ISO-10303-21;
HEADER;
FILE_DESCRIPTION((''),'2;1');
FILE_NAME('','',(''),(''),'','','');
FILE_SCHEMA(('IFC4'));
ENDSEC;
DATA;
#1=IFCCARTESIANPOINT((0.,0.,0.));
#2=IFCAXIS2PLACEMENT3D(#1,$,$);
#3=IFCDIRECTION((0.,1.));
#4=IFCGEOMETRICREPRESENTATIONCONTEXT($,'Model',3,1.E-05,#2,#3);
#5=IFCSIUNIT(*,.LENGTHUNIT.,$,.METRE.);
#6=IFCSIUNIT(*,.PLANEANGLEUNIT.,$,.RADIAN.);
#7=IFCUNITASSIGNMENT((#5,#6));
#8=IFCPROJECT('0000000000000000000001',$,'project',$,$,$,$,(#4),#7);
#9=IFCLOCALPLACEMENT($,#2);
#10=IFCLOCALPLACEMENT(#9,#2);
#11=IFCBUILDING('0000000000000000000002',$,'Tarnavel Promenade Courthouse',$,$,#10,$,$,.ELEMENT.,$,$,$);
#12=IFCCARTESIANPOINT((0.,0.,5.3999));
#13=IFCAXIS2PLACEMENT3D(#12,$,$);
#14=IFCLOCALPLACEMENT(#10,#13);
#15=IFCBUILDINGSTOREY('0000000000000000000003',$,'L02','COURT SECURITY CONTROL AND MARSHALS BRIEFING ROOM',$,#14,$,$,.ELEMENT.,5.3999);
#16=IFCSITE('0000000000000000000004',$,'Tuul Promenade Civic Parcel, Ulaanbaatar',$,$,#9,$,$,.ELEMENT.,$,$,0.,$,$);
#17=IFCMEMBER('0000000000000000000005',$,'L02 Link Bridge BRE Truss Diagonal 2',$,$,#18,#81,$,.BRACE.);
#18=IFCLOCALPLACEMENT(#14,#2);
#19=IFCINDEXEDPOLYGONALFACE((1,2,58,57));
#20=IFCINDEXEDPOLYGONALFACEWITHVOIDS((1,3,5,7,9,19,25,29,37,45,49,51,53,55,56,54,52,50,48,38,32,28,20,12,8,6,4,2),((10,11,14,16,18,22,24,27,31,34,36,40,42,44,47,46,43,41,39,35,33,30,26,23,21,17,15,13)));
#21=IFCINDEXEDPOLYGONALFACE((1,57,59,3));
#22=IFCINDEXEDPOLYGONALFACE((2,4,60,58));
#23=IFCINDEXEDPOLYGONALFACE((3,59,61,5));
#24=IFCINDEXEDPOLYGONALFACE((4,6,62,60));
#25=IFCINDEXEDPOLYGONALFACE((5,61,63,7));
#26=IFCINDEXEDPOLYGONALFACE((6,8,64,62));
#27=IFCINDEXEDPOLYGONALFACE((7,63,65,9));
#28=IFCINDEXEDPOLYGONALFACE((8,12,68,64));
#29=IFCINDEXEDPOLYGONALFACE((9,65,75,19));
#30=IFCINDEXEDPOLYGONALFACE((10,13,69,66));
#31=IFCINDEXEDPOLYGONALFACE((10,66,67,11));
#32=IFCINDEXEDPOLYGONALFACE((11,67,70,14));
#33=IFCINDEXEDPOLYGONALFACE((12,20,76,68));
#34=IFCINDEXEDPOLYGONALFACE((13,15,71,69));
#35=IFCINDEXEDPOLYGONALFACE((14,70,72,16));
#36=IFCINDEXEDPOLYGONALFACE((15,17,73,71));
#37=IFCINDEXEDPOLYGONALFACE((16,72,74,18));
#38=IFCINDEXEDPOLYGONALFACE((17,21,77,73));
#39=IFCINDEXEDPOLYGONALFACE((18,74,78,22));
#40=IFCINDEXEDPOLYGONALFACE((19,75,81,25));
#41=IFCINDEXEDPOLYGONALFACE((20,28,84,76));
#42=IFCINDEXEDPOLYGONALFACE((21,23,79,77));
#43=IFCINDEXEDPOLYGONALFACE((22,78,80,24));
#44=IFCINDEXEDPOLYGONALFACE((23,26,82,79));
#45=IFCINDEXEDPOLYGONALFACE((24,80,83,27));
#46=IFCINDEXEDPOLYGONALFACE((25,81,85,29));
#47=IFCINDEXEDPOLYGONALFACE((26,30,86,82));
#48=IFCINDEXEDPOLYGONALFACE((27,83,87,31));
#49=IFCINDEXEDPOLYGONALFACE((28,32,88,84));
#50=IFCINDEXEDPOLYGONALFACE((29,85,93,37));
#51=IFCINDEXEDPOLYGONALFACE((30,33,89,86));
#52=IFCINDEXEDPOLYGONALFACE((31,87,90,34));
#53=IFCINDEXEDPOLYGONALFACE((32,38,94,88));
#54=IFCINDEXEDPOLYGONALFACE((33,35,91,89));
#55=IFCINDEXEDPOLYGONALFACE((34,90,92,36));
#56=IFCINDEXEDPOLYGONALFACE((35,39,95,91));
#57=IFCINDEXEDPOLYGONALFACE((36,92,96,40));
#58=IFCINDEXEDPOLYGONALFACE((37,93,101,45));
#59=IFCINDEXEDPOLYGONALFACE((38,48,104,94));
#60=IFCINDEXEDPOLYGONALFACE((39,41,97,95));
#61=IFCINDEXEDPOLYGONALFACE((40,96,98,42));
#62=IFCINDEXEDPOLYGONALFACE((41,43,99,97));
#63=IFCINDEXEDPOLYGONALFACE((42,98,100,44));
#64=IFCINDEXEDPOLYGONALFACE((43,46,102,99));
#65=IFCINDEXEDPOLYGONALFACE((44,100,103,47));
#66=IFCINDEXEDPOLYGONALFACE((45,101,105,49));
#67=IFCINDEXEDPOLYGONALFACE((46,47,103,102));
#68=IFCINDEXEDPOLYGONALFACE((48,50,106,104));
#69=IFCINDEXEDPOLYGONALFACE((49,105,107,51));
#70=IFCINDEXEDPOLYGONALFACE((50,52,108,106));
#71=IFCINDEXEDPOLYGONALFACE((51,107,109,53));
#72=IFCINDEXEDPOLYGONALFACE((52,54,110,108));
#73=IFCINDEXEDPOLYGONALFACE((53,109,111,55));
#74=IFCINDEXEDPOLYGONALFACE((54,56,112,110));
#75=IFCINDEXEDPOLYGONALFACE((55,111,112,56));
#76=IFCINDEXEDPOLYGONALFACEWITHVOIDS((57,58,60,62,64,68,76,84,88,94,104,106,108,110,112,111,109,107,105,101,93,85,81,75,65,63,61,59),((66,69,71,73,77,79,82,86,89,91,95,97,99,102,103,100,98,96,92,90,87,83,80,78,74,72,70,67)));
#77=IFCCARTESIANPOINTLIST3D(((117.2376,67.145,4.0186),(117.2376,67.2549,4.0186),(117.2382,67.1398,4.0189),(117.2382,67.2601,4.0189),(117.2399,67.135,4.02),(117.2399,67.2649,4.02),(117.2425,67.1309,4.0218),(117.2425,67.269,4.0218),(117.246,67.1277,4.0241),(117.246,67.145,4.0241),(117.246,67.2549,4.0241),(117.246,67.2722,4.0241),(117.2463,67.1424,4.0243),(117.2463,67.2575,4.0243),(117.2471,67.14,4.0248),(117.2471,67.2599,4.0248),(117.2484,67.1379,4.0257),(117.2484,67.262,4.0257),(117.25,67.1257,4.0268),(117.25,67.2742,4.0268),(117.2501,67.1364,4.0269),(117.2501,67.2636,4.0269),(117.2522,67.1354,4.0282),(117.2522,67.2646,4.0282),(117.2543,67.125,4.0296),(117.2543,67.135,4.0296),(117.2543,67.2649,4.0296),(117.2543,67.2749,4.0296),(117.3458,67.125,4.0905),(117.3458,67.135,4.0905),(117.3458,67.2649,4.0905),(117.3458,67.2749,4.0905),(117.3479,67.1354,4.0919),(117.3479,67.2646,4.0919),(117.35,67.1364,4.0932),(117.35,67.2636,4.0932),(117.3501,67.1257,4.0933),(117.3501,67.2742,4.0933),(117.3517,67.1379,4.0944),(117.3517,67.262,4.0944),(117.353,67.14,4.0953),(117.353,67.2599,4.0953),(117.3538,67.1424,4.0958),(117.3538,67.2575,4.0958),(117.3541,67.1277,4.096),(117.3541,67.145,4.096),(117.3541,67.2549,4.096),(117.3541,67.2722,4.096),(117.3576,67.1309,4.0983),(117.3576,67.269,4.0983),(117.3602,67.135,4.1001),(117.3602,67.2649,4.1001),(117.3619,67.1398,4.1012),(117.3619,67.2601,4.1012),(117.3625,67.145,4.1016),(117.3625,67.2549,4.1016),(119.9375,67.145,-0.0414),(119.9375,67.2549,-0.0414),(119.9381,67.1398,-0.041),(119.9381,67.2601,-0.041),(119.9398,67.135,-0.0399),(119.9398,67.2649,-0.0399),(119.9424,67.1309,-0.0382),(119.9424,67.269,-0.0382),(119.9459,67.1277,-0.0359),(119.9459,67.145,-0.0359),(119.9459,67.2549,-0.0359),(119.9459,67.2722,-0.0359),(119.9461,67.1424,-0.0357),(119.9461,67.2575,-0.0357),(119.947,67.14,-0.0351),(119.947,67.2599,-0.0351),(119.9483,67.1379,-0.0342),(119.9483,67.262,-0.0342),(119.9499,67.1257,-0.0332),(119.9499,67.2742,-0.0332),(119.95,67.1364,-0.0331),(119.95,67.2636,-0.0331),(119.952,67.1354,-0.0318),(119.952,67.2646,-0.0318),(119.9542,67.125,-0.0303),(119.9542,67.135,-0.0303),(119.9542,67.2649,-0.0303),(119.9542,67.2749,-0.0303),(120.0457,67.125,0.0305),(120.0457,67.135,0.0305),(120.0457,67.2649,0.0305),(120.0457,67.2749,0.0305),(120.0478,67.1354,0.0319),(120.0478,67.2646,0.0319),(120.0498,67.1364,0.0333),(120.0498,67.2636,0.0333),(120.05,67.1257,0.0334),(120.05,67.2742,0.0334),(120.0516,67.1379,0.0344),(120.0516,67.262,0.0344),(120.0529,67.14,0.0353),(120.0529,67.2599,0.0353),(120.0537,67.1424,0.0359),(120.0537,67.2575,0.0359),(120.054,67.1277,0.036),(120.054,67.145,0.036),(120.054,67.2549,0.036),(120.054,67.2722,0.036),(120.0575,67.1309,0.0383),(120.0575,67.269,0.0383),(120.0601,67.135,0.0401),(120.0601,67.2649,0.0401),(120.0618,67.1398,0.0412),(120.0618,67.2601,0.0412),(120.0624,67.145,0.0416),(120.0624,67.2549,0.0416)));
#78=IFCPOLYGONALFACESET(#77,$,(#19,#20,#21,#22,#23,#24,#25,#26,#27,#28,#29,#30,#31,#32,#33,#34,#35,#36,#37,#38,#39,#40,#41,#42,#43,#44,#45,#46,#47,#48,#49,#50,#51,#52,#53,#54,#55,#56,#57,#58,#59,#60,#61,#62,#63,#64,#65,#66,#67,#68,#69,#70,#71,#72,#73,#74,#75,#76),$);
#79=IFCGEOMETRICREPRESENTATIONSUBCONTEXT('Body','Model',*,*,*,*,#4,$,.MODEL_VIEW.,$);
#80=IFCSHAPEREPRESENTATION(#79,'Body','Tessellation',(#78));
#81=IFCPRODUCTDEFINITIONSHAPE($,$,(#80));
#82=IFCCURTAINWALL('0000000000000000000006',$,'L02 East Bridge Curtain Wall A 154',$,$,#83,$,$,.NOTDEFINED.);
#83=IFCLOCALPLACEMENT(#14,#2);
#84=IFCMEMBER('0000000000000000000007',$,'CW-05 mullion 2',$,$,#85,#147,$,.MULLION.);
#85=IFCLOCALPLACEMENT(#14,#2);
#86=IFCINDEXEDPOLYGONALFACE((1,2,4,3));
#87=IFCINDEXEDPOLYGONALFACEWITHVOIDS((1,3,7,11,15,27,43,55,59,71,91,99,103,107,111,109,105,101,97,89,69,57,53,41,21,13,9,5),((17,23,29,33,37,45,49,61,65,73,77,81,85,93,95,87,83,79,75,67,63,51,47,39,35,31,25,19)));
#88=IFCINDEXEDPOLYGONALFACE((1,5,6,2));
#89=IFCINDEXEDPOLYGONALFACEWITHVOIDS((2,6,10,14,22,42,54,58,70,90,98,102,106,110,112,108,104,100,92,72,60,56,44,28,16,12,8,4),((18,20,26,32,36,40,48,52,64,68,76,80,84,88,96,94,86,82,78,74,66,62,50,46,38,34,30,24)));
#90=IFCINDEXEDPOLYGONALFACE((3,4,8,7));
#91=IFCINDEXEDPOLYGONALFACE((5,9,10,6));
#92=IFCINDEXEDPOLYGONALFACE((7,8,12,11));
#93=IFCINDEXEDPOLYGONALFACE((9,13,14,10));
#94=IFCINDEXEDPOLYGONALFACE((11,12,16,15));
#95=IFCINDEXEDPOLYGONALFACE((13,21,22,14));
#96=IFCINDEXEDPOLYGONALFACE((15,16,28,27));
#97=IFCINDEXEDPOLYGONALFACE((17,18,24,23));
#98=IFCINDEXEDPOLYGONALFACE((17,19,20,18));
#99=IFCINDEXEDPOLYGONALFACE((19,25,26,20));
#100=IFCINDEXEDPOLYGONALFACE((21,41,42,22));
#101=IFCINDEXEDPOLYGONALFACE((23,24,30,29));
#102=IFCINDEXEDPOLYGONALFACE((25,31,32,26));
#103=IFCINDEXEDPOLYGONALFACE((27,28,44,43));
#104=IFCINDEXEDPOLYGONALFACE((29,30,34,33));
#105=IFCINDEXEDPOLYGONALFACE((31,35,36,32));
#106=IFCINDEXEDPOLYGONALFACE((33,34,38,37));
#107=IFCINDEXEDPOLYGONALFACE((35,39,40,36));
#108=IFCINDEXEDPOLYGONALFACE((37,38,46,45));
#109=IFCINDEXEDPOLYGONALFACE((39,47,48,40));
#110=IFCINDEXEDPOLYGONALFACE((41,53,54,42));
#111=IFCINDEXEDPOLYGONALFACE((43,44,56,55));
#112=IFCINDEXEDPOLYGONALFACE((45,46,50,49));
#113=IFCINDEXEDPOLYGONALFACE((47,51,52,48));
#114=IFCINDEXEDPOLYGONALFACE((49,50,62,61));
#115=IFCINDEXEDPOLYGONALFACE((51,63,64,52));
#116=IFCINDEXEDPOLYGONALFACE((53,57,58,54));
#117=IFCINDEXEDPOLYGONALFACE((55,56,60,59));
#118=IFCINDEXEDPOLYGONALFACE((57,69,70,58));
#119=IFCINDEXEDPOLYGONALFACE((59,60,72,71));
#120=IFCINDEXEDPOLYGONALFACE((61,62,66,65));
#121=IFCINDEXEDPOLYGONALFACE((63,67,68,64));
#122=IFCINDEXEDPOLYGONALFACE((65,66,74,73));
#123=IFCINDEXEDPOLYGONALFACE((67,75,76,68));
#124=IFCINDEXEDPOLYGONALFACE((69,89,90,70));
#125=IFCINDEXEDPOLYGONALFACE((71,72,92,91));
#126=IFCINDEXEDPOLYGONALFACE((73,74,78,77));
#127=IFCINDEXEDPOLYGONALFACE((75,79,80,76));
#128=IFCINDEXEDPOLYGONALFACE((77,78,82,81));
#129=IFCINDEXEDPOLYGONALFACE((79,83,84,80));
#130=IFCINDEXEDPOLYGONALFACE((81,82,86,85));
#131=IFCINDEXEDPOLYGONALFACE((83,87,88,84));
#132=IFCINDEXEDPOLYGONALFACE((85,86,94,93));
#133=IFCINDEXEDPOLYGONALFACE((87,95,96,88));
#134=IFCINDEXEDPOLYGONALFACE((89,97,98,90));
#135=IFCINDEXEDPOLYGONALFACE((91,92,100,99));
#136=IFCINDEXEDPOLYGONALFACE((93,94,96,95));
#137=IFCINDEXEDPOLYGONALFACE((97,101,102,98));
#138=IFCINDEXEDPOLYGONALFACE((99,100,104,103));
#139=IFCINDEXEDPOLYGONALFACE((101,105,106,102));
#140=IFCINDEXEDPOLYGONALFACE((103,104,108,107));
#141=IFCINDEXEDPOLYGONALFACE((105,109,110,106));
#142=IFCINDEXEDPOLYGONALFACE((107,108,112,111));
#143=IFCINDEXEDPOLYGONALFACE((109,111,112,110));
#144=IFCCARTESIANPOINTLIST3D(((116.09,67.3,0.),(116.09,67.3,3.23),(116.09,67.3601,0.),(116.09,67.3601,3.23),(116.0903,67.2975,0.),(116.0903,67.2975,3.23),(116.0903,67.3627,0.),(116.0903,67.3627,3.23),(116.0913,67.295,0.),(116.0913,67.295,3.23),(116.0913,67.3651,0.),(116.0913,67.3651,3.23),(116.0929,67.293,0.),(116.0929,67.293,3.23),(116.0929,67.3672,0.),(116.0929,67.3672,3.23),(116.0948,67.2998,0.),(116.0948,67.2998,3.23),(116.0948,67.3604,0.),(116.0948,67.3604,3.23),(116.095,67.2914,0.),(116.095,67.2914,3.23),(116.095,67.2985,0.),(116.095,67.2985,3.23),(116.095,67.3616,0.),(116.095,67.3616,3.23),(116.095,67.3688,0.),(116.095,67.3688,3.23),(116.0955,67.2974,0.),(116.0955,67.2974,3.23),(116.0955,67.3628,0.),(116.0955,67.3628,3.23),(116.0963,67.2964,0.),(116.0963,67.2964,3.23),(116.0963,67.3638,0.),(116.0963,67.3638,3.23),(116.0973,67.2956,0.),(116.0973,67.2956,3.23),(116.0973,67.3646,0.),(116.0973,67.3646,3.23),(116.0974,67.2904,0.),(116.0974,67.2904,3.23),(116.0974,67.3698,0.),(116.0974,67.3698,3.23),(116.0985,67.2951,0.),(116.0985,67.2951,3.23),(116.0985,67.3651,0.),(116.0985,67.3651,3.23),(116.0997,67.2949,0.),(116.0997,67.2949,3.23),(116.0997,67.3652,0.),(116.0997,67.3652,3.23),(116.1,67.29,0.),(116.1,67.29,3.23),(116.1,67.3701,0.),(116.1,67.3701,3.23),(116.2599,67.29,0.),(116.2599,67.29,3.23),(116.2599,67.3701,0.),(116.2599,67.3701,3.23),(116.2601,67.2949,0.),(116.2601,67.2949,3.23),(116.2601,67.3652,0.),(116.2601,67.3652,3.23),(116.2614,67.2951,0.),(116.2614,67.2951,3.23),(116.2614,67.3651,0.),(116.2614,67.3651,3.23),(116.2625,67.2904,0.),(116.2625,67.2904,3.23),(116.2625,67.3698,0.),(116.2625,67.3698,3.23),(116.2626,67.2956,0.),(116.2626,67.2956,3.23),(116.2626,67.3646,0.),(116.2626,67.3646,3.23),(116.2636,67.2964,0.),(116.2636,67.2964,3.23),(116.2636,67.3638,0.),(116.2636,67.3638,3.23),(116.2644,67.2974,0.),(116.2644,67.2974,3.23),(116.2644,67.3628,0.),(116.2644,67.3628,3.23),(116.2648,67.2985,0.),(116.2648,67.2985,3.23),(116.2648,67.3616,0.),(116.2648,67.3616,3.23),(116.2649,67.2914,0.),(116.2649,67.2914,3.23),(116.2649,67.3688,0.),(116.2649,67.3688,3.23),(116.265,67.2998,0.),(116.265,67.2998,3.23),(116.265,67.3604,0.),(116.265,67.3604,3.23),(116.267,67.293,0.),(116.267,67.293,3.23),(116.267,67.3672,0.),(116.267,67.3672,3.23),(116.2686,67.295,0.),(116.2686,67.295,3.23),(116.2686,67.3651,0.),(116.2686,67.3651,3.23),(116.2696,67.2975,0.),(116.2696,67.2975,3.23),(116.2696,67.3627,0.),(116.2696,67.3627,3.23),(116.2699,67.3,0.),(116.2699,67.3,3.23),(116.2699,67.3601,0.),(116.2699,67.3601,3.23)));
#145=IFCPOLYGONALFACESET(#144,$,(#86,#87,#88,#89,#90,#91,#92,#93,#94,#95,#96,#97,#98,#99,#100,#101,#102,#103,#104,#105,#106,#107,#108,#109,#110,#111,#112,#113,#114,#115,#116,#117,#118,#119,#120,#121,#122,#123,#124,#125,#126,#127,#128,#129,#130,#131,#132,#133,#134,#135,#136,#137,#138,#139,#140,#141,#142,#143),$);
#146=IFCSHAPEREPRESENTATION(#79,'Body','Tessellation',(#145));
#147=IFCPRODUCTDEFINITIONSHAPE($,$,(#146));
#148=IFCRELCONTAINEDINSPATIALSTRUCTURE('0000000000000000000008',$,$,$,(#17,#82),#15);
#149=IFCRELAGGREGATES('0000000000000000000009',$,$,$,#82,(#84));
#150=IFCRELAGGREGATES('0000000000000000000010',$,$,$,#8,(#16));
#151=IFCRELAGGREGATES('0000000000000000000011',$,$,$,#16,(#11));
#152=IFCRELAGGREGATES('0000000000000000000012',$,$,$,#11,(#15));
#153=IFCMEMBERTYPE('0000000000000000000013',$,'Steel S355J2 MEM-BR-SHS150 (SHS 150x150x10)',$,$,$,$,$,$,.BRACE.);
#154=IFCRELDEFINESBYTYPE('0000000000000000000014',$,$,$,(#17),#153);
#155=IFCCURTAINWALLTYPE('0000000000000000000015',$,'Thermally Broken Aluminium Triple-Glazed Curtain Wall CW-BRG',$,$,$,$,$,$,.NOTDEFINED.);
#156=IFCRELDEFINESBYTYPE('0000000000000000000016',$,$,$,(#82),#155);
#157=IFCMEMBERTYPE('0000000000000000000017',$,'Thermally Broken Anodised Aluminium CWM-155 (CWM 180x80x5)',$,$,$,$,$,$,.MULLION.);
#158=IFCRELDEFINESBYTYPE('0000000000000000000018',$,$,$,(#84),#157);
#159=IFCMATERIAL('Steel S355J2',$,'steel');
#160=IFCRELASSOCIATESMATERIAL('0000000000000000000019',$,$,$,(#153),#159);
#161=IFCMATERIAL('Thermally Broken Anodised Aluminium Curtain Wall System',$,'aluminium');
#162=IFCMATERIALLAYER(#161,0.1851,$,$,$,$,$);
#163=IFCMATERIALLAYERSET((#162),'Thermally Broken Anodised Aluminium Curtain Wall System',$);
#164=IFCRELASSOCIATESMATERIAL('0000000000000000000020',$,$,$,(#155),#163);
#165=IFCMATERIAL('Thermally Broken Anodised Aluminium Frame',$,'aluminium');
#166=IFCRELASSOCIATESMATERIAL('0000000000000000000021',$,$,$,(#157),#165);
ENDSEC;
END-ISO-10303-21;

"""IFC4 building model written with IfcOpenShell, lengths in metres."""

from ifc_helpers import new_model, si_unit, direction, frame, origin, origin_2d, place, context, subcontext, project, spatial, hollow_rectangle, extrude, material, layer, layer_set, material_profile, profile_set, type_object, element, aggregate, save


model = new_model("IFC4")

# Units and contexts
model_context = context("Model", 3, precision=1e-05, world=origin(), true_north=direction((0.0, 1.0)))
body_context = subcontext(model_context, "Body", "Model", "MODEL_VIEW")
ifc_project = project(units=[si_unit("LENGTHUNIT", "METRE"), si_unit("PLANEANGLEUNIT", "RADIAN")], contexts=[model_context])

# Site, building, storey
site_placement = place(None, origin())
site = spatial("IfcSite", under=ifc_project, at=site_placement, Name="Tuul Promenade Civic Parcel, Ulaanbaatar", CompositionType="ELEMENT", RefElevation=0.0)
building_placement = place(site_placement, origin())
building = spatial("IfcBuilding", under=site, at=building_placement, Name="Tarnavel Promenade Courthouse", CompositionType="ELEMENT")
storey_placement = place(building_placement, frame((0.0, 0.0, 5.3999)))
storey = spatial("IfcBuildingStorey", under=building, at=storey_placement, Name="L02", Description="COURT SECURITY CONTROL AND MARSHALS BRIEFING ROOM", CompositionType="ELEMENT", Elevation=5.3999)

# Member
ifc_material_1 = material(Name="Steel S355J2", Category="steel")
ifc_material_profile_1 = material_profile(ifc_material_1, hollow_rectangle(XDim=0.1499, YDim=0.1499, WallThickness=0.01, InnerFilletRadius=0.01, OuterFilletRadius=0.02, at=origin_2d()), Name="SHS 150x150x10")
ifc_profile_set_1 = profile_set([ifc_material_profile_1], Name="Steel S355J2")
member_type_1 = type_object("IfcMemberType", Name="Steel S355J2 MEM-BR-SHS150 (SHS 150x150x10)", PredefinedType="BRACE", material=ifc_profile_set_1)
member_1_placement = place(storey_placement, frame((117.3, 67.2, 4.0601), z_axis=(0.553741, 0.0, -0.832689), x_axis=(0.0, 1.0, 0.0)))
element("IfcMember", 1, at=member_1_placement, inside=storey, type_object=member_type_1, Name="L02 Link Bridge BRE Truss Diagonal 2", PredefinedType="BRACE", context=body_context, shape_type="SweptSolid", body=[
    extrude(hollow_rectangle(XDim=0.1499, YDim=0.1499, WallThickness=0.01, InnerFilletRadius=0.01, OuterFilletRadius=0.02, at=origin_2d()), origin(), (0.0, 0.0, 1.0), 4.8757),
])

# Curtain wall, member
ifc_material_2 = material(Name="Thermally Broken Anodised Aluminium Curtain Wall System", Category="aluminium")
ifc_layer_1 = layer(ifc_material_2, 0.1851)
ifc_layer_set_1 = layer_set([ifc_layer_1], Name="Thermally Broken Anodised Aluminium Curtain Wall System")
curtain_wall_type = type_object("IfcCurtainWallType", Name="Thermally Broken Aluminium Triple-Glazed Curtain Wall CW-BRG", PredefinedType="NOTDEFINED", material=ifc_layer_set_1)
curtain_wall_1_placement = place(storey_placement, origin())
curtain_wall_1 = element("IfcCurtainWall", 2, at=curtain_wall_1_placement, inside=storey, type_object=curtain_wall_type, Name="L02 East Bridge Curtain Wall A 154", PredefinedType="NOTDEFINED")
ifc_material_3 = material(Name="Thermally Broken Anodised Aluminium Frame", Category="aluminium")
ifc_material_profile_2 = material_profile(ifc_material_3, hollow_rectangle(XDim=0.0801, YDim=0.1799, WallThickness=0.0049, InnerFilletRadius=0.0049, OuterFilletRadius=0.01, at=origin_2d()), Name="CWM 180x80x5")
ifc_profile_set_2 = profile_set([ifc_material_profile_2], Name="Thermally Broken Anodised Aluminium Frame")
member_type_2 = type_object("IfcMemberType", Name="Thermally Broken Anodised Aluminium CWM-155 (CWM 180x80x5)", PredefinedType="MULLION", material=ifc_profile_set_2)
member_2_placement = place(storey_placement, frame((116.1799, 67.3301, 0.0), z_axis=(0.0, 0.0, 1.0), x_axis=(0.0, 1.0, 0.0)))
member_2 = element("IfcMember", 3, at=member_2_placement, type_object=member_type_2, Name="CW-05 mullion 2", PredefinedType="MULLION", context=body_context, shape_type="SweptSolid", body=[
    extrude(hollow_rectangle(XDim=0.0801, YDim=0.1799, WallThickness=0.0049, InnerFilletRadius=0.0049, OuterFilletRadius=0.01, at=origin_2d()), origin(), (0.0, 0.0, 1.0), 3.23),
])

aggregate(curtain_wall_1, [member_2])

save(model, "model.ifc")
